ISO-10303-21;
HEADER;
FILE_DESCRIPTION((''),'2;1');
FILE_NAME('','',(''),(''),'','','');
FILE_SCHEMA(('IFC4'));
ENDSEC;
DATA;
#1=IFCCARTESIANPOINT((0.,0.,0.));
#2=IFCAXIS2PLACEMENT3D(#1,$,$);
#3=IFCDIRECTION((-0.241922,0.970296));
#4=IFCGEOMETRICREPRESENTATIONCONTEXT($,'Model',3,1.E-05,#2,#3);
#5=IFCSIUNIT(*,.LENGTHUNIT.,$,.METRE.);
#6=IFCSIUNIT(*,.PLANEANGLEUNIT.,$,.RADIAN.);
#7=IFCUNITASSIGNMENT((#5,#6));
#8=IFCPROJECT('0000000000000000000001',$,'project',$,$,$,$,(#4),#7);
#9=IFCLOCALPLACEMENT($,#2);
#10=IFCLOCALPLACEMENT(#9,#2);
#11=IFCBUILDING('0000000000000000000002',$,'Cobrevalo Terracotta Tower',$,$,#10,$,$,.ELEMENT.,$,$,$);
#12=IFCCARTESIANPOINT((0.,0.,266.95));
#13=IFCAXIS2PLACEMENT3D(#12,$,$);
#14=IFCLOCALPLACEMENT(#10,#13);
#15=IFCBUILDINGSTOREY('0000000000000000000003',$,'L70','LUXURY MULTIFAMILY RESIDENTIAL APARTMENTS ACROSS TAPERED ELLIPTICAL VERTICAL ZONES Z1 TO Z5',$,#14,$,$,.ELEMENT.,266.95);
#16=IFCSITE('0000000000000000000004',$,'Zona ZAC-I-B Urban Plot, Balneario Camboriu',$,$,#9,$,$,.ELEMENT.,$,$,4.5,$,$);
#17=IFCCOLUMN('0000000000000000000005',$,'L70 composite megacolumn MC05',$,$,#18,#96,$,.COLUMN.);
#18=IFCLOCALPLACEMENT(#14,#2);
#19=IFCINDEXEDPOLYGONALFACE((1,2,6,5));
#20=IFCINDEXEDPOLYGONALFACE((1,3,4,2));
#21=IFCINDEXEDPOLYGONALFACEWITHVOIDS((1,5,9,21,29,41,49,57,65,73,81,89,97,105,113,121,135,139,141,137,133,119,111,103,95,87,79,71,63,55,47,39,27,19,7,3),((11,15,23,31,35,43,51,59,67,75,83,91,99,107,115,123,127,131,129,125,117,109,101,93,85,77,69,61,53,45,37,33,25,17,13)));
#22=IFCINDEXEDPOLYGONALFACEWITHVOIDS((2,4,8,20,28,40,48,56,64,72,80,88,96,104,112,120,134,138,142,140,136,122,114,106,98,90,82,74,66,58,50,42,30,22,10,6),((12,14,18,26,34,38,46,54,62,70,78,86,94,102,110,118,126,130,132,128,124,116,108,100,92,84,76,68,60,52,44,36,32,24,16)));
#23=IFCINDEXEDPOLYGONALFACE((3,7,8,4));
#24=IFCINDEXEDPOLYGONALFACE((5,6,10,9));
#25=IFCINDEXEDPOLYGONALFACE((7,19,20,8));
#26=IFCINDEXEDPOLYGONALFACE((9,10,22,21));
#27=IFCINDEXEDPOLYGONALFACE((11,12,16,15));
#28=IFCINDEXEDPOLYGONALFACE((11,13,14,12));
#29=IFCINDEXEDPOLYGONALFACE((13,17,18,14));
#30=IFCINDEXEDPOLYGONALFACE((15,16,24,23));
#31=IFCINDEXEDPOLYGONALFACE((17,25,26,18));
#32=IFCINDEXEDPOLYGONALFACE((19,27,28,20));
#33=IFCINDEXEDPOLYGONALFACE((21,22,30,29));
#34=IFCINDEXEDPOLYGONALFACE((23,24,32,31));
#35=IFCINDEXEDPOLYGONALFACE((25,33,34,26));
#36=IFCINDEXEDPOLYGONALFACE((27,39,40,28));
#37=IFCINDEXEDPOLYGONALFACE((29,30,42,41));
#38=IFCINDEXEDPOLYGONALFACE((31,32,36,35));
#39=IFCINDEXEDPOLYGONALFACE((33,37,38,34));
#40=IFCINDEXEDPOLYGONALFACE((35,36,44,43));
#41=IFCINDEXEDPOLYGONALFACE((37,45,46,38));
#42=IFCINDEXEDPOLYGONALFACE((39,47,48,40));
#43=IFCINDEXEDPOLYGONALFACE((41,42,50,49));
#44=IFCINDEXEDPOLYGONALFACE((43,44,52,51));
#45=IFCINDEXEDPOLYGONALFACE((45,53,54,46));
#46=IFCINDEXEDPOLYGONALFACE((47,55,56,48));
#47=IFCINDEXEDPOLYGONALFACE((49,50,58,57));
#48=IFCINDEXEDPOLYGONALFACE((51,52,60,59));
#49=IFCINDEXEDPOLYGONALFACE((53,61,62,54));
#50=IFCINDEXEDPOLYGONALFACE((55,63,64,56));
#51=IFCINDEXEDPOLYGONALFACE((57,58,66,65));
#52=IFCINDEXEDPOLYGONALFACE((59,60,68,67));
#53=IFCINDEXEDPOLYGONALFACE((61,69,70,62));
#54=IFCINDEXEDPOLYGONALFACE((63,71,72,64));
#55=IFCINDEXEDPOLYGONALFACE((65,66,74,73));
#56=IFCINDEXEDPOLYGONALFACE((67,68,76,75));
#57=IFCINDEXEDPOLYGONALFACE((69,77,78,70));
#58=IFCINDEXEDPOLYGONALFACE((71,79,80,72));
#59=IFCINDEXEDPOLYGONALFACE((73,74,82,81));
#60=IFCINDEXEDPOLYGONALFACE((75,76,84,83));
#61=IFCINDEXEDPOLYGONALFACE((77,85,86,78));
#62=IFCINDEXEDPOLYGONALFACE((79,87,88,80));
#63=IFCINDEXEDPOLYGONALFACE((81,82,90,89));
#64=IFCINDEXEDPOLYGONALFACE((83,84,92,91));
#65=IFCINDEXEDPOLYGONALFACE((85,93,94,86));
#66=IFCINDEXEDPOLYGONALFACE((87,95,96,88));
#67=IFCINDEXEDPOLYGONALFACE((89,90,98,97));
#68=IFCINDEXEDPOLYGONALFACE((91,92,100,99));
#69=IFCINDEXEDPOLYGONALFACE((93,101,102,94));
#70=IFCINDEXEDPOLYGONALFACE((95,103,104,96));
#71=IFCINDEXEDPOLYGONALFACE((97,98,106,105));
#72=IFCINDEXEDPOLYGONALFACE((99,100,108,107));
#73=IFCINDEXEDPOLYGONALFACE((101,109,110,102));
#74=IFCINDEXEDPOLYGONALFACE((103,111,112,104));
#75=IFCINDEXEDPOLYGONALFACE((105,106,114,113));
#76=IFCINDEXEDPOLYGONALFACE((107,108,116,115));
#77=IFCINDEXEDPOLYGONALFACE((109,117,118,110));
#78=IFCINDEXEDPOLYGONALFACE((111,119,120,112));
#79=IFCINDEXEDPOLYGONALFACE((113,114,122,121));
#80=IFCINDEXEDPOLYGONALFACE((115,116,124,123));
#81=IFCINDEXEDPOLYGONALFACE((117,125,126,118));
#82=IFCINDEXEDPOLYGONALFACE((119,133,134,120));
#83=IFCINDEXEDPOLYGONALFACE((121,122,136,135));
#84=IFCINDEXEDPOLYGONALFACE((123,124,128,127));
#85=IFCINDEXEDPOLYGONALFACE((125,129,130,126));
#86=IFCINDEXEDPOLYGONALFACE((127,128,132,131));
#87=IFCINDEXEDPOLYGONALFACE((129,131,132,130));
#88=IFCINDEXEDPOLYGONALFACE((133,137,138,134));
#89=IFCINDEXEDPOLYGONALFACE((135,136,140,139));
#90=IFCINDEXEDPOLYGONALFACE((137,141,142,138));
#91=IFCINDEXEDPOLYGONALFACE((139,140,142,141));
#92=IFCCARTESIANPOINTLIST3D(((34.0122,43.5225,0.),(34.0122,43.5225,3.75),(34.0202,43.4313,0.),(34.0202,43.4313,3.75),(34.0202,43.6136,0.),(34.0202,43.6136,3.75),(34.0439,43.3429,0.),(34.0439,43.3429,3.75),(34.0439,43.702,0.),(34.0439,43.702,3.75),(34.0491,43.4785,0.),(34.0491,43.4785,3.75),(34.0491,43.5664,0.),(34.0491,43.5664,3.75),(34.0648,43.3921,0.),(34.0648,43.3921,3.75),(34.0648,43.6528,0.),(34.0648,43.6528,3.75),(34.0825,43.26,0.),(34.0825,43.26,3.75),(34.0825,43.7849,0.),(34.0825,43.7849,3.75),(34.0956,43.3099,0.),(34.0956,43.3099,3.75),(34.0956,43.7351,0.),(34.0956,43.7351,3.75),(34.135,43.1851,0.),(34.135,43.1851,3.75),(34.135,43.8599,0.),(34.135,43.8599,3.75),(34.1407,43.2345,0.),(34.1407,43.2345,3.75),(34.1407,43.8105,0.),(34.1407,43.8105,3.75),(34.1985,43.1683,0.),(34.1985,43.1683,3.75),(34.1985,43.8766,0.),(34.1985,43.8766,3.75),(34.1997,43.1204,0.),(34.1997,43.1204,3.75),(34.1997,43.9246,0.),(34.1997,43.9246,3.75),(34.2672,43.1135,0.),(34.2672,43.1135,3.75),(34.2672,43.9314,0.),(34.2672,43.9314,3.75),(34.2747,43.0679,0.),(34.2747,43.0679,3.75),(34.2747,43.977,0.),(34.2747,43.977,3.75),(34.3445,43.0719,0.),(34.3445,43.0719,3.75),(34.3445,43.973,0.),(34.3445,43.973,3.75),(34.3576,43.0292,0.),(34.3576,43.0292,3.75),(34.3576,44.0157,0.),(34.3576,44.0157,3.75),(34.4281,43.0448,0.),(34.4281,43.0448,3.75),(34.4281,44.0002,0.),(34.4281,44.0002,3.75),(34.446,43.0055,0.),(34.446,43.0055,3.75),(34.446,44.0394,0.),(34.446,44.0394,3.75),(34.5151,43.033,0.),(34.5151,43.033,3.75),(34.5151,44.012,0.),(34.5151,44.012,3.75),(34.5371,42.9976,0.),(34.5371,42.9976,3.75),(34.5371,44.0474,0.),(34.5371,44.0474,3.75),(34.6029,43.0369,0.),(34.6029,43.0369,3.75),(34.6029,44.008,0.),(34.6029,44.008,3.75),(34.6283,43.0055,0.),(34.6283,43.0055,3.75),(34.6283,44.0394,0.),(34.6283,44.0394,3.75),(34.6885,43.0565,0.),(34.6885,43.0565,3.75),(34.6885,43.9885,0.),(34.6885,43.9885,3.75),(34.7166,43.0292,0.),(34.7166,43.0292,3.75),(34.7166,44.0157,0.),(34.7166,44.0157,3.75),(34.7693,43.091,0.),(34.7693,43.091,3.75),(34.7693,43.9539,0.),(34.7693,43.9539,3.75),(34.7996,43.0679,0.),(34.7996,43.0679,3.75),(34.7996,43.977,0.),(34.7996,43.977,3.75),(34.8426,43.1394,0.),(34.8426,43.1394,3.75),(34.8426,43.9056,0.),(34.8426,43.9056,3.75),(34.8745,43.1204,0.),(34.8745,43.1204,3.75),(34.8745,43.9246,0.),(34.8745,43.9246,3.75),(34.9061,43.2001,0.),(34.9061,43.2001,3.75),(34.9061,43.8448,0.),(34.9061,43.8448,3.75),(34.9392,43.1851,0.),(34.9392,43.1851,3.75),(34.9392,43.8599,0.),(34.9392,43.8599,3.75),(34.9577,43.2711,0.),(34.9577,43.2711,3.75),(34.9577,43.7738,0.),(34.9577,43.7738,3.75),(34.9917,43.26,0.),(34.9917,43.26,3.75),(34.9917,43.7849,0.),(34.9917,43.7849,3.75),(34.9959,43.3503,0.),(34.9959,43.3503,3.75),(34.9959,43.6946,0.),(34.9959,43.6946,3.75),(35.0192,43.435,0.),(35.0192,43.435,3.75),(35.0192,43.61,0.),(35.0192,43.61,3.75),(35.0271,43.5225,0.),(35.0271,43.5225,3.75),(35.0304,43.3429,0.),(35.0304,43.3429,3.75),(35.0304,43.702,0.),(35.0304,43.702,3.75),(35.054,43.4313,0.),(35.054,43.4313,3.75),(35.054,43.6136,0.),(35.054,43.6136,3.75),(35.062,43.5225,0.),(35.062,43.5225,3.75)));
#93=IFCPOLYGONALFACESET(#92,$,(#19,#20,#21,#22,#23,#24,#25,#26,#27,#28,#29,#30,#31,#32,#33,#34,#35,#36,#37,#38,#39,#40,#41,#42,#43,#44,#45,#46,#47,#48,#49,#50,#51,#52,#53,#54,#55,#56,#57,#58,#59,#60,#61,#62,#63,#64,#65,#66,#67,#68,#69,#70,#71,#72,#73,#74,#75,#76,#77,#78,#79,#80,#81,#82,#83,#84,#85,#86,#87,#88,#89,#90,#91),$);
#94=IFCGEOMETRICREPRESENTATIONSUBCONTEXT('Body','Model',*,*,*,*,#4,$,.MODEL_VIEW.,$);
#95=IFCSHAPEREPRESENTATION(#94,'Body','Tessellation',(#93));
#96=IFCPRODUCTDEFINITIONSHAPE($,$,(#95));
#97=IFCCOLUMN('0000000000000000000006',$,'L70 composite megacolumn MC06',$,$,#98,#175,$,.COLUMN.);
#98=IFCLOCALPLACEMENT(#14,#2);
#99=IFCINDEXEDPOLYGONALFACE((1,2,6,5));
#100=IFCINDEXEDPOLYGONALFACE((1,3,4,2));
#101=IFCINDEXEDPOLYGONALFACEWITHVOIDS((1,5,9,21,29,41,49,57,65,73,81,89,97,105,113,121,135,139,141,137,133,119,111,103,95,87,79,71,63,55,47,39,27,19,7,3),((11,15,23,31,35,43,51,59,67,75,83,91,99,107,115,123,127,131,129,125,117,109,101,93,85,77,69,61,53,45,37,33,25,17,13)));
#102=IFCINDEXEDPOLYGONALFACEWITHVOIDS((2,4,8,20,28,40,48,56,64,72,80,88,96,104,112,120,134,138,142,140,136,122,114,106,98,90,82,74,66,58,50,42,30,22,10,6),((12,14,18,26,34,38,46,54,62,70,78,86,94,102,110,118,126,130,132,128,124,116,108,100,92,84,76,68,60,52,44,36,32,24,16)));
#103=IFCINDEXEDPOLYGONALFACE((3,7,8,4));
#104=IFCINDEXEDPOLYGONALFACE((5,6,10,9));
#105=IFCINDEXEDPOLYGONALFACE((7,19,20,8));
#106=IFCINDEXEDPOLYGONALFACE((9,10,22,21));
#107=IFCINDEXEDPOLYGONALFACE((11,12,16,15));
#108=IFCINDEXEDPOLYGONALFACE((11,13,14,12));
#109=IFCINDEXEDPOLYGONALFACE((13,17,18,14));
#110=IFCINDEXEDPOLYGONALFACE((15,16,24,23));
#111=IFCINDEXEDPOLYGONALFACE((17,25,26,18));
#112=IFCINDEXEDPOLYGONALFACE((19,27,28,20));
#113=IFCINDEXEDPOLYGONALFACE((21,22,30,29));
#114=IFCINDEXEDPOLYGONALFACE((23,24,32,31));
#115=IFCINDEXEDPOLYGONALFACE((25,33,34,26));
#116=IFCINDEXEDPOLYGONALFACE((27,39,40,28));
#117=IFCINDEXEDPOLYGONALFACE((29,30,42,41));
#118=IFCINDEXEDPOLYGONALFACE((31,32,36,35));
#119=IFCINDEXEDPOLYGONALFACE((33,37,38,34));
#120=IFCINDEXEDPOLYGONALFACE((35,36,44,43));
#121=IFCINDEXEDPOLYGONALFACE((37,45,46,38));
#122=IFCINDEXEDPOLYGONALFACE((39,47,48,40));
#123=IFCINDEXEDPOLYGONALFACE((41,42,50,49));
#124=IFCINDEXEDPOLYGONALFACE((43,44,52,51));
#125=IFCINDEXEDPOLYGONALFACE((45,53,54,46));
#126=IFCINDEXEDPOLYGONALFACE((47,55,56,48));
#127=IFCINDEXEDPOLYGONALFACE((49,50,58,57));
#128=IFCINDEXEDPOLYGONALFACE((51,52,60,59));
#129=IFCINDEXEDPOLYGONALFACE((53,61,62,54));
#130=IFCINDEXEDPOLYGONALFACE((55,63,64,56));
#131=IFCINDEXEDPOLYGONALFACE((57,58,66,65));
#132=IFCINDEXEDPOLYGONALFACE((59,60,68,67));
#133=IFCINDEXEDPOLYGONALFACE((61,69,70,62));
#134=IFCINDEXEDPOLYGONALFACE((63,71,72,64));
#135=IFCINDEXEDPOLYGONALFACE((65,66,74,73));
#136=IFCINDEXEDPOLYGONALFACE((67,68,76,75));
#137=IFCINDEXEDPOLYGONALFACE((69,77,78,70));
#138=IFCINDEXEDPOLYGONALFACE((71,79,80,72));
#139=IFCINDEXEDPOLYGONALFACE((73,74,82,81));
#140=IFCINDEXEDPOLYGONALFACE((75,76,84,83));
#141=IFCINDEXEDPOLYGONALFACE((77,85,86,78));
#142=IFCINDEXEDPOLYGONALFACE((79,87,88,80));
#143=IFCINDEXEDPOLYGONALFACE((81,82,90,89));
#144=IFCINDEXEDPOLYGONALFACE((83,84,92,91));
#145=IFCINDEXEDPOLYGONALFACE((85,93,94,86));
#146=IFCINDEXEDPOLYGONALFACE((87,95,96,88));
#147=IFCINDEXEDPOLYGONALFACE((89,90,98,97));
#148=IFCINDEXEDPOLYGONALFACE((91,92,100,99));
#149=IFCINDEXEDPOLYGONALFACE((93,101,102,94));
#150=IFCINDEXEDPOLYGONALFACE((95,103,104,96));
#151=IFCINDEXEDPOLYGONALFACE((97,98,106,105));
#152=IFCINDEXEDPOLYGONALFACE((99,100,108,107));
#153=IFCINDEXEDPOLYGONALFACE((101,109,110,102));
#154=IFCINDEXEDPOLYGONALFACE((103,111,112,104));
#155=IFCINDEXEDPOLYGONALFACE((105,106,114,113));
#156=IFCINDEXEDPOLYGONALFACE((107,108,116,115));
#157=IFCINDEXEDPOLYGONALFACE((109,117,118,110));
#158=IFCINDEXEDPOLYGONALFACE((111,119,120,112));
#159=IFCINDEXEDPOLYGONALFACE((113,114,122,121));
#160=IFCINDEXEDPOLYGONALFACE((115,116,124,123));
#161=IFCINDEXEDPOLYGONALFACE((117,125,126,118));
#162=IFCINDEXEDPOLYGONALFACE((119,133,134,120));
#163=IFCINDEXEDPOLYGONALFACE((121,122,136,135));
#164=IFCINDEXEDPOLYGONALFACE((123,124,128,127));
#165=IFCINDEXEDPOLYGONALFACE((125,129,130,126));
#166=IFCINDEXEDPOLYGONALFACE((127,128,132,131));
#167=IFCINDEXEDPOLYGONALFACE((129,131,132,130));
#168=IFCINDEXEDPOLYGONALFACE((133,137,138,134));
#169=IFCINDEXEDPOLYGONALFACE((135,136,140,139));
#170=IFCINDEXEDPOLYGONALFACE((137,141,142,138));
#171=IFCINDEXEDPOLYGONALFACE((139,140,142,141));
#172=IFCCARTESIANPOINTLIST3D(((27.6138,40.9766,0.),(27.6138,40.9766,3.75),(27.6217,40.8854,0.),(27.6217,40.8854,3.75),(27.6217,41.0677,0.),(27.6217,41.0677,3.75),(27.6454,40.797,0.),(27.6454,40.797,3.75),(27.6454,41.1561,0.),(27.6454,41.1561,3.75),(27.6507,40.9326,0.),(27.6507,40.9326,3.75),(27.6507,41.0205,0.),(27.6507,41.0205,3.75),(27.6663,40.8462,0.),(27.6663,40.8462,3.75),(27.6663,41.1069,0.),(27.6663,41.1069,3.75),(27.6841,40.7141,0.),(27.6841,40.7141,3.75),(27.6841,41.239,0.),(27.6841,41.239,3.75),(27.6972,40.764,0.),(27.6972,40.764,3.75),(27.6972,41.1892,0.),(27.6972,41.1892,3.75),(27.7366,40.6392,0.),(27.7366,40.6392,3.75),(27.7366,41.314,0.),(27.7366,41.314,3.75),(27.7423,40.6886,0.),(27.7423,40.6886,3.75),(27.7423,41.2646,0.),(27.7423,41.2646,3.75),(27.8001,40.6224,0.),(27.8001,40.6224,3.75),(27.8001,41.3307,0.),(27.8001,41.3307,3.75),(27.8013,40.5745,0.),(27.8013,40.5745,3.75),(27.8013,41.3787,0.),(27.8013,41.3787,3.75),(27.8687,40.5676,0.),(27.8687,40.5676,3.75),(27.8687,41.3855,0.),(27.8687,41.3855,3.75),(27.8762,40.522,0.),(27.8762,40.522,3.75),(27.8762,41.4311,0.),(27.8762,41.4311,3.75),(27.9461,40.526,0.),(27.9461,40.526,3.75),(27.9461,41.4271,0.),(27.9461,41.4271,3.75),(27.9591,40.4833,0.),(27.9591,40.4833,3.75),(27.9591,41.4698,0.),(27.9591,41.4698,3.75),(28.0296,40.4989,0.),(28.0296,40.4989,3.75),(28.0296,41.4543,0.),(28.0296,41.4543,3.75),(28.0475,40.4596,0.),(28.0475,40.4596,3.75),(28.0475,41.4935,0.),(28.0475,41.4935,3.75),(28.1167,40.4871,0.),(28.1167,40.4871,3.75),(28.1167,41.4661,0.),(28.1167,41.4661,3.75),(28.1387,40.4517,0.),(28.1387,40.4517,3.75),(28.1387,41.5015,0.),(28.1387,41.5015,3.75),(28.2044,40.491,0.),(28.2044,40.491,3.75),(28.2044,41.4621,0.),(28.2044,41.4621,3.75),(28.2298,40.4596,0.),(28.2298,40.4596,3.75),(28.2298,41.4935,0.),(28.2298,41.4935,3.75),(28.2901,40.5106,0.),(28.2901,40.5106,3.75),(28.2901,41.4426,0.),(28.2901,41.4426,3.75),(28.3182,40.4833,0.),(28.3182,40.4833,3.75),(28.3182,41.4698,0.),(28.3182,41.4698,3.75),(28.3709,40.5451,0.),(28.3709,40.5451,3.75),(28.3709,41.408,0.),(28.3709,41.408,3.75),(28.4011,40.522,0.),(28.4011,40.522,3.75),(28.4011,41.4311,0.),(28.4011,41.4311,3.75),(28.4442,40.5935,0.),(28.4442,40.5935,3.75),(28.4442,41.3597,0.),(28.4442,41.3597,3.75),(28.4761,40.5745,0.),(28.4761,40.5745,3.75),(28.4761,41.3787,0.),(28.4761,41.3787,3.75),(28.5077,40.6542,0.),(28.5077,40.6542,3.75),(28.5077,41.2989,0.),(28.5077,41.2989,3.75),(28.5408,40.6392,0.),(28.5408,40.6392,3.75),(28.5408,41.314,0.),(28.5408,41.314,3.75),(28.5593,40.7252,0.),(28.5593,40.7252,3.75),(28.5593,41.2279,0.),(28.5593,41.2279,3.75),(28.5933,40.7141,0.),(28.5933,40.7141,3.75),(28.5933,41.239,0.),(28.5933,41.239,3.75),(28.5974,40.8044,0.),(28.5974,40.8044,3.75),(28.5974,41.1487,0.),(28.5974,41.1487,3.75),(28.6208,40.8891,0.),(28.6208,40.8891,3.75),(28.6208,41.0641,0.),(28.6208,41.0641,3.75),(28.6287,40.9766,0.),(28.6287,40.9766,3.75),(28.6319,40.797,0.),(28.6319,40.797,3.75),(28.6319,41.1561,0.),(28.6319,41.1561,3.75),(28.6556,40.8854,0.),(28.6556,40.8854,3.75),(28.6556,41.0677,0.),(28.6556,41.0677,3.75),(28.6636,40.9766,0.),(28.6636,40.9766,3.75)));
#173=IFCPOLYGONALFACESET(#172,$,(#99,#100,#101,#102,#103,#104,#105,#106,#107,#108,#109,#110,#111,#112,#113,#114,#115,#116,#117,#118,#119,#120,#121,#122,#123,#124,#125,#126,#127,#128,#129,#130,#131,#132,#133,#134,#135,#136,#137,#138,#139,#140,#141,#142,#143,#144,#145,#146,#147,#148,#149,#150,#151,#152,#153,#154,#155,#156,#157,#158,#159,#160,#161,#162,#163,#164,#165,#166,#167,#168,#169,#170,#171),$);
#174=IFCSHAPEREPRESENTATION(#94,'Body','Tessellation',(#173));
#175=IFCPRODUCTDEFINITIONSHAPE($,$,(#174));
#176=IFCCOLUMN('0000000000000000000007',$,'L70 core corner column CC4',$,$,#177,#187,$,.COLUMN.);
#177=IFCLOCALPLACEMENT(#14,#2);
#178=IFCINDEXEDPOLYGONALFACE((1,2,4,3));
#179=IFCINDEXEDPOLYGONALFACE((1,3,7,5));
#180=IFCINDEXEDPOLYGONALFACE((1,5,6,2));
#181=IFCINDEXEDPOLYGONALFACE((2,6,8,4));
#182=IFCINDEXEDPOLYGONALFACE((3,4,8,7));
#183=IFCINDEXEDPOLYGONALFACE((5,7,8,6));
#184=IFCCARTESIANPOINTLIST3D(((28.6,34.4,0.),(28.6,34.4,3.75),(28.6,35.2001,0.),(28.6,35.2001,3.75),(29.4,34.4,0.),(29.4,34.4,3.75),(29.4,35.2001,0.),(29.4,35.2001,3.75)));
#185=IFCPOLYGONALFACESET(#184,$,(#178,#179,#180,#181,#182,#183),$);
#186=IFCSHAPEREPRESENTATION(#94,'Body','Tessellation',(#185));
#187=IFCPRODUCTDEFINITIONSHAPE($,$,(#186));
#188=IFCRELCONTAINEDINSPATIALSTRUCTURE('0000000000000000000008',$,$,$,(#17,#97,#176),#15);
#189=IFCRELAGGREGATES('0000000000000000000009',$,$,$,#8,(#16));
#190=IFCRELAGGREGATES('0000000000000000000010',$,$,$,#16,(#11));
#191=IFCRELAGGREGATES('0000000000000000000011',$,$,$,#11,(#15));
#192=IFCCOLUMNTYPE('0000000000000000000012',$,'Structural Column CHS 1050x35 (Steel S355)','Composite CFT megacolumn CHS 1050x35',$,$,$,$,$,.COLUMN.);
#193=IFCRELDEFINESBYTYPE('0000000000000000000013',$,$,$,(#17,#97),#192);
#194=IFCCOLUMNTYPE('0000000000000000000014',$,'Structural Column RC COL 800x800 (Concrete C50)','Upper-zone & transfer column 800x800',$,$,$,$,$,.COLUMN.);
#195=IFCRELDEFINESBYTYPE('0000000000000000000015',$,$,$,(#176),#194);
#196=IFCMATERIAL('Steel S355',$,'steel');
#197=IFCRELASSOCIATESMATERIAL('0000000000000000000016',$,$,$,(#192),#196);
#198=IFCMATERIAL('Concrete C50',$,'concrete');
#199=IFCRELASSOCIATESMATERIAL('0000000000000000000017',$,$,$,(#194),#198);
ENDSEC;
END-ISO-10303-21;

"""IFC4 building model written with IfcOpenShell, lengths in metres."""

from ifc_helpers import new_model, si_unit, direction, frame, origin, origin_2d, place, context, subcontext, project, spatial, rectangle, hollow_circle, extrude, material, material_profile, profile_set, type_object, element, save


model = new_model("IFC4")

# Units and contexts
model_context = context("Model", 3, precision=1e-05, world=origin(), true_north=direction((-0.241922, 0.970296)))
body_context = subcontext(model_context, "Body", "Model", "MODEL_VIEW")
ifc_project = project(units=[si_unit("LENGTHUNIT", "METRE"), si_unit("PLANEANGLEUNIT", "RADIAN")], contexts=[model_context])

# Site, building, storey
site_placement = place(None, origin())
site = spatial("IfcSite", under=ifc_project, at=site_placement, Name="Zona ZAC-I-B Urban Plot, Balneario Camboriu", CompositionType="ELEMENT", RefElevation=4.5)
building_placement = place(site_placement, origin())
building = spatial("IfcBuilding", under=site, at=building_placement, Name="Cobrevalo Terracotta Tower", CompositionType="ELEMENT")
storey_placement = place(building_placement, frame((0.0, 0.0, 266.95)))
storey = spatial("IfcBuildingStorey", under=building, at=storey_placement, Name="L70", Description="LUXURY MULTIFAMILY RESIDENTIAL APARTMENTS ACROSS TAPERED ELLIPTICAL VERTICAL ZONES Z1 TO Z5", CompositionType="ELEMENT", Elevation=266.95)

# Columns
ifc_material_1 = material(Name="Steel S355", Category="steel")
ifc_material_profile_1 = material_profile(ifc_material_1, hollow_circle(Radius=0.5249, WallThickness=0.0349, at=origin_2d()), Name="CHS 1050x35")
ifc_profile_set_1 = profile_set([ifc_material_profile_1], Name="Steel S355")
column_type_1 = type_object("IfcColumnType", Name="Structural Column CHS 1050x35 (Steel S355)", Description="Composite CFT megacolumn CHS 1050x35", PredefinedType="COLUMN", material=ifc_profile_set_1)
for number, where, z_axis, x_axis, name in (
    (1, (34.5371, 43.5225, 0.0), (0.0, 0.0, 1.0), (1.0, 0.0, 0.0), "L70 composite megacolumn MC05"),
    (2, (28.1387, 40.9766, 0.0), (0.0, 0.0, 1.0), (1.0, 0.0, 0.0), "L70 composite megacolumn MC06"),
):
    element("IfcColumn", number, at=place(storey_placement, frame(where, z_axis=z_axis, x_axis=x_axis)), inside=storey, type_object=column_type_1, Name=name, PredefinedType="COLUMN", context=body_context, shape_type="SweptSolid", body=[
        extrude(hollow_circle(Radius=0.5249, WallThickness=0.0349, at=origin_2d()), origin(), (0.0, 0.0, 1.0), 3.75),
    ])
ifc_material_2 = material(Name="Concrete C50", Category="concrete")
ifc_material_profile_2 = material_profile(ifc_material_2, rectangle(XDim=0.8, YDim=0.8, at=origin_2d()), Name="RC COL 800x800")
ifc_profile_set_2 = profile_set([ifc_material_profile_2], Name="Concrete C50")
column_type_2 = type_object("IfcColumnType", Name="Structural Column RC COL 800x800 (Concrete C50)", Description="Upper-zone & transfer column 800x800", PredefinedType="COLUMN", material=ifc_profile_set_2)
column_placement = place(storey_placement, frame((29.0, 34.8, 0.0), z_axis=(0.0, 0.0, 1.0), x_axis=(1.0, 0.0, 0.0)))
element("IfcColumn", 3, at=column_placement, inside=storey, type_object=column_type_2, Name="L70 core corner column CC4", PredefinedType="COLUMN", context=body_context, shape_type="SweptSolid", body=[
    extrude(rectangle(XDim=0.8, YDim=0.8, at=origin_2d()), origin(), (0.0, 0.0, 1.0), 3.75),
])

save(model, "model.ifc")
